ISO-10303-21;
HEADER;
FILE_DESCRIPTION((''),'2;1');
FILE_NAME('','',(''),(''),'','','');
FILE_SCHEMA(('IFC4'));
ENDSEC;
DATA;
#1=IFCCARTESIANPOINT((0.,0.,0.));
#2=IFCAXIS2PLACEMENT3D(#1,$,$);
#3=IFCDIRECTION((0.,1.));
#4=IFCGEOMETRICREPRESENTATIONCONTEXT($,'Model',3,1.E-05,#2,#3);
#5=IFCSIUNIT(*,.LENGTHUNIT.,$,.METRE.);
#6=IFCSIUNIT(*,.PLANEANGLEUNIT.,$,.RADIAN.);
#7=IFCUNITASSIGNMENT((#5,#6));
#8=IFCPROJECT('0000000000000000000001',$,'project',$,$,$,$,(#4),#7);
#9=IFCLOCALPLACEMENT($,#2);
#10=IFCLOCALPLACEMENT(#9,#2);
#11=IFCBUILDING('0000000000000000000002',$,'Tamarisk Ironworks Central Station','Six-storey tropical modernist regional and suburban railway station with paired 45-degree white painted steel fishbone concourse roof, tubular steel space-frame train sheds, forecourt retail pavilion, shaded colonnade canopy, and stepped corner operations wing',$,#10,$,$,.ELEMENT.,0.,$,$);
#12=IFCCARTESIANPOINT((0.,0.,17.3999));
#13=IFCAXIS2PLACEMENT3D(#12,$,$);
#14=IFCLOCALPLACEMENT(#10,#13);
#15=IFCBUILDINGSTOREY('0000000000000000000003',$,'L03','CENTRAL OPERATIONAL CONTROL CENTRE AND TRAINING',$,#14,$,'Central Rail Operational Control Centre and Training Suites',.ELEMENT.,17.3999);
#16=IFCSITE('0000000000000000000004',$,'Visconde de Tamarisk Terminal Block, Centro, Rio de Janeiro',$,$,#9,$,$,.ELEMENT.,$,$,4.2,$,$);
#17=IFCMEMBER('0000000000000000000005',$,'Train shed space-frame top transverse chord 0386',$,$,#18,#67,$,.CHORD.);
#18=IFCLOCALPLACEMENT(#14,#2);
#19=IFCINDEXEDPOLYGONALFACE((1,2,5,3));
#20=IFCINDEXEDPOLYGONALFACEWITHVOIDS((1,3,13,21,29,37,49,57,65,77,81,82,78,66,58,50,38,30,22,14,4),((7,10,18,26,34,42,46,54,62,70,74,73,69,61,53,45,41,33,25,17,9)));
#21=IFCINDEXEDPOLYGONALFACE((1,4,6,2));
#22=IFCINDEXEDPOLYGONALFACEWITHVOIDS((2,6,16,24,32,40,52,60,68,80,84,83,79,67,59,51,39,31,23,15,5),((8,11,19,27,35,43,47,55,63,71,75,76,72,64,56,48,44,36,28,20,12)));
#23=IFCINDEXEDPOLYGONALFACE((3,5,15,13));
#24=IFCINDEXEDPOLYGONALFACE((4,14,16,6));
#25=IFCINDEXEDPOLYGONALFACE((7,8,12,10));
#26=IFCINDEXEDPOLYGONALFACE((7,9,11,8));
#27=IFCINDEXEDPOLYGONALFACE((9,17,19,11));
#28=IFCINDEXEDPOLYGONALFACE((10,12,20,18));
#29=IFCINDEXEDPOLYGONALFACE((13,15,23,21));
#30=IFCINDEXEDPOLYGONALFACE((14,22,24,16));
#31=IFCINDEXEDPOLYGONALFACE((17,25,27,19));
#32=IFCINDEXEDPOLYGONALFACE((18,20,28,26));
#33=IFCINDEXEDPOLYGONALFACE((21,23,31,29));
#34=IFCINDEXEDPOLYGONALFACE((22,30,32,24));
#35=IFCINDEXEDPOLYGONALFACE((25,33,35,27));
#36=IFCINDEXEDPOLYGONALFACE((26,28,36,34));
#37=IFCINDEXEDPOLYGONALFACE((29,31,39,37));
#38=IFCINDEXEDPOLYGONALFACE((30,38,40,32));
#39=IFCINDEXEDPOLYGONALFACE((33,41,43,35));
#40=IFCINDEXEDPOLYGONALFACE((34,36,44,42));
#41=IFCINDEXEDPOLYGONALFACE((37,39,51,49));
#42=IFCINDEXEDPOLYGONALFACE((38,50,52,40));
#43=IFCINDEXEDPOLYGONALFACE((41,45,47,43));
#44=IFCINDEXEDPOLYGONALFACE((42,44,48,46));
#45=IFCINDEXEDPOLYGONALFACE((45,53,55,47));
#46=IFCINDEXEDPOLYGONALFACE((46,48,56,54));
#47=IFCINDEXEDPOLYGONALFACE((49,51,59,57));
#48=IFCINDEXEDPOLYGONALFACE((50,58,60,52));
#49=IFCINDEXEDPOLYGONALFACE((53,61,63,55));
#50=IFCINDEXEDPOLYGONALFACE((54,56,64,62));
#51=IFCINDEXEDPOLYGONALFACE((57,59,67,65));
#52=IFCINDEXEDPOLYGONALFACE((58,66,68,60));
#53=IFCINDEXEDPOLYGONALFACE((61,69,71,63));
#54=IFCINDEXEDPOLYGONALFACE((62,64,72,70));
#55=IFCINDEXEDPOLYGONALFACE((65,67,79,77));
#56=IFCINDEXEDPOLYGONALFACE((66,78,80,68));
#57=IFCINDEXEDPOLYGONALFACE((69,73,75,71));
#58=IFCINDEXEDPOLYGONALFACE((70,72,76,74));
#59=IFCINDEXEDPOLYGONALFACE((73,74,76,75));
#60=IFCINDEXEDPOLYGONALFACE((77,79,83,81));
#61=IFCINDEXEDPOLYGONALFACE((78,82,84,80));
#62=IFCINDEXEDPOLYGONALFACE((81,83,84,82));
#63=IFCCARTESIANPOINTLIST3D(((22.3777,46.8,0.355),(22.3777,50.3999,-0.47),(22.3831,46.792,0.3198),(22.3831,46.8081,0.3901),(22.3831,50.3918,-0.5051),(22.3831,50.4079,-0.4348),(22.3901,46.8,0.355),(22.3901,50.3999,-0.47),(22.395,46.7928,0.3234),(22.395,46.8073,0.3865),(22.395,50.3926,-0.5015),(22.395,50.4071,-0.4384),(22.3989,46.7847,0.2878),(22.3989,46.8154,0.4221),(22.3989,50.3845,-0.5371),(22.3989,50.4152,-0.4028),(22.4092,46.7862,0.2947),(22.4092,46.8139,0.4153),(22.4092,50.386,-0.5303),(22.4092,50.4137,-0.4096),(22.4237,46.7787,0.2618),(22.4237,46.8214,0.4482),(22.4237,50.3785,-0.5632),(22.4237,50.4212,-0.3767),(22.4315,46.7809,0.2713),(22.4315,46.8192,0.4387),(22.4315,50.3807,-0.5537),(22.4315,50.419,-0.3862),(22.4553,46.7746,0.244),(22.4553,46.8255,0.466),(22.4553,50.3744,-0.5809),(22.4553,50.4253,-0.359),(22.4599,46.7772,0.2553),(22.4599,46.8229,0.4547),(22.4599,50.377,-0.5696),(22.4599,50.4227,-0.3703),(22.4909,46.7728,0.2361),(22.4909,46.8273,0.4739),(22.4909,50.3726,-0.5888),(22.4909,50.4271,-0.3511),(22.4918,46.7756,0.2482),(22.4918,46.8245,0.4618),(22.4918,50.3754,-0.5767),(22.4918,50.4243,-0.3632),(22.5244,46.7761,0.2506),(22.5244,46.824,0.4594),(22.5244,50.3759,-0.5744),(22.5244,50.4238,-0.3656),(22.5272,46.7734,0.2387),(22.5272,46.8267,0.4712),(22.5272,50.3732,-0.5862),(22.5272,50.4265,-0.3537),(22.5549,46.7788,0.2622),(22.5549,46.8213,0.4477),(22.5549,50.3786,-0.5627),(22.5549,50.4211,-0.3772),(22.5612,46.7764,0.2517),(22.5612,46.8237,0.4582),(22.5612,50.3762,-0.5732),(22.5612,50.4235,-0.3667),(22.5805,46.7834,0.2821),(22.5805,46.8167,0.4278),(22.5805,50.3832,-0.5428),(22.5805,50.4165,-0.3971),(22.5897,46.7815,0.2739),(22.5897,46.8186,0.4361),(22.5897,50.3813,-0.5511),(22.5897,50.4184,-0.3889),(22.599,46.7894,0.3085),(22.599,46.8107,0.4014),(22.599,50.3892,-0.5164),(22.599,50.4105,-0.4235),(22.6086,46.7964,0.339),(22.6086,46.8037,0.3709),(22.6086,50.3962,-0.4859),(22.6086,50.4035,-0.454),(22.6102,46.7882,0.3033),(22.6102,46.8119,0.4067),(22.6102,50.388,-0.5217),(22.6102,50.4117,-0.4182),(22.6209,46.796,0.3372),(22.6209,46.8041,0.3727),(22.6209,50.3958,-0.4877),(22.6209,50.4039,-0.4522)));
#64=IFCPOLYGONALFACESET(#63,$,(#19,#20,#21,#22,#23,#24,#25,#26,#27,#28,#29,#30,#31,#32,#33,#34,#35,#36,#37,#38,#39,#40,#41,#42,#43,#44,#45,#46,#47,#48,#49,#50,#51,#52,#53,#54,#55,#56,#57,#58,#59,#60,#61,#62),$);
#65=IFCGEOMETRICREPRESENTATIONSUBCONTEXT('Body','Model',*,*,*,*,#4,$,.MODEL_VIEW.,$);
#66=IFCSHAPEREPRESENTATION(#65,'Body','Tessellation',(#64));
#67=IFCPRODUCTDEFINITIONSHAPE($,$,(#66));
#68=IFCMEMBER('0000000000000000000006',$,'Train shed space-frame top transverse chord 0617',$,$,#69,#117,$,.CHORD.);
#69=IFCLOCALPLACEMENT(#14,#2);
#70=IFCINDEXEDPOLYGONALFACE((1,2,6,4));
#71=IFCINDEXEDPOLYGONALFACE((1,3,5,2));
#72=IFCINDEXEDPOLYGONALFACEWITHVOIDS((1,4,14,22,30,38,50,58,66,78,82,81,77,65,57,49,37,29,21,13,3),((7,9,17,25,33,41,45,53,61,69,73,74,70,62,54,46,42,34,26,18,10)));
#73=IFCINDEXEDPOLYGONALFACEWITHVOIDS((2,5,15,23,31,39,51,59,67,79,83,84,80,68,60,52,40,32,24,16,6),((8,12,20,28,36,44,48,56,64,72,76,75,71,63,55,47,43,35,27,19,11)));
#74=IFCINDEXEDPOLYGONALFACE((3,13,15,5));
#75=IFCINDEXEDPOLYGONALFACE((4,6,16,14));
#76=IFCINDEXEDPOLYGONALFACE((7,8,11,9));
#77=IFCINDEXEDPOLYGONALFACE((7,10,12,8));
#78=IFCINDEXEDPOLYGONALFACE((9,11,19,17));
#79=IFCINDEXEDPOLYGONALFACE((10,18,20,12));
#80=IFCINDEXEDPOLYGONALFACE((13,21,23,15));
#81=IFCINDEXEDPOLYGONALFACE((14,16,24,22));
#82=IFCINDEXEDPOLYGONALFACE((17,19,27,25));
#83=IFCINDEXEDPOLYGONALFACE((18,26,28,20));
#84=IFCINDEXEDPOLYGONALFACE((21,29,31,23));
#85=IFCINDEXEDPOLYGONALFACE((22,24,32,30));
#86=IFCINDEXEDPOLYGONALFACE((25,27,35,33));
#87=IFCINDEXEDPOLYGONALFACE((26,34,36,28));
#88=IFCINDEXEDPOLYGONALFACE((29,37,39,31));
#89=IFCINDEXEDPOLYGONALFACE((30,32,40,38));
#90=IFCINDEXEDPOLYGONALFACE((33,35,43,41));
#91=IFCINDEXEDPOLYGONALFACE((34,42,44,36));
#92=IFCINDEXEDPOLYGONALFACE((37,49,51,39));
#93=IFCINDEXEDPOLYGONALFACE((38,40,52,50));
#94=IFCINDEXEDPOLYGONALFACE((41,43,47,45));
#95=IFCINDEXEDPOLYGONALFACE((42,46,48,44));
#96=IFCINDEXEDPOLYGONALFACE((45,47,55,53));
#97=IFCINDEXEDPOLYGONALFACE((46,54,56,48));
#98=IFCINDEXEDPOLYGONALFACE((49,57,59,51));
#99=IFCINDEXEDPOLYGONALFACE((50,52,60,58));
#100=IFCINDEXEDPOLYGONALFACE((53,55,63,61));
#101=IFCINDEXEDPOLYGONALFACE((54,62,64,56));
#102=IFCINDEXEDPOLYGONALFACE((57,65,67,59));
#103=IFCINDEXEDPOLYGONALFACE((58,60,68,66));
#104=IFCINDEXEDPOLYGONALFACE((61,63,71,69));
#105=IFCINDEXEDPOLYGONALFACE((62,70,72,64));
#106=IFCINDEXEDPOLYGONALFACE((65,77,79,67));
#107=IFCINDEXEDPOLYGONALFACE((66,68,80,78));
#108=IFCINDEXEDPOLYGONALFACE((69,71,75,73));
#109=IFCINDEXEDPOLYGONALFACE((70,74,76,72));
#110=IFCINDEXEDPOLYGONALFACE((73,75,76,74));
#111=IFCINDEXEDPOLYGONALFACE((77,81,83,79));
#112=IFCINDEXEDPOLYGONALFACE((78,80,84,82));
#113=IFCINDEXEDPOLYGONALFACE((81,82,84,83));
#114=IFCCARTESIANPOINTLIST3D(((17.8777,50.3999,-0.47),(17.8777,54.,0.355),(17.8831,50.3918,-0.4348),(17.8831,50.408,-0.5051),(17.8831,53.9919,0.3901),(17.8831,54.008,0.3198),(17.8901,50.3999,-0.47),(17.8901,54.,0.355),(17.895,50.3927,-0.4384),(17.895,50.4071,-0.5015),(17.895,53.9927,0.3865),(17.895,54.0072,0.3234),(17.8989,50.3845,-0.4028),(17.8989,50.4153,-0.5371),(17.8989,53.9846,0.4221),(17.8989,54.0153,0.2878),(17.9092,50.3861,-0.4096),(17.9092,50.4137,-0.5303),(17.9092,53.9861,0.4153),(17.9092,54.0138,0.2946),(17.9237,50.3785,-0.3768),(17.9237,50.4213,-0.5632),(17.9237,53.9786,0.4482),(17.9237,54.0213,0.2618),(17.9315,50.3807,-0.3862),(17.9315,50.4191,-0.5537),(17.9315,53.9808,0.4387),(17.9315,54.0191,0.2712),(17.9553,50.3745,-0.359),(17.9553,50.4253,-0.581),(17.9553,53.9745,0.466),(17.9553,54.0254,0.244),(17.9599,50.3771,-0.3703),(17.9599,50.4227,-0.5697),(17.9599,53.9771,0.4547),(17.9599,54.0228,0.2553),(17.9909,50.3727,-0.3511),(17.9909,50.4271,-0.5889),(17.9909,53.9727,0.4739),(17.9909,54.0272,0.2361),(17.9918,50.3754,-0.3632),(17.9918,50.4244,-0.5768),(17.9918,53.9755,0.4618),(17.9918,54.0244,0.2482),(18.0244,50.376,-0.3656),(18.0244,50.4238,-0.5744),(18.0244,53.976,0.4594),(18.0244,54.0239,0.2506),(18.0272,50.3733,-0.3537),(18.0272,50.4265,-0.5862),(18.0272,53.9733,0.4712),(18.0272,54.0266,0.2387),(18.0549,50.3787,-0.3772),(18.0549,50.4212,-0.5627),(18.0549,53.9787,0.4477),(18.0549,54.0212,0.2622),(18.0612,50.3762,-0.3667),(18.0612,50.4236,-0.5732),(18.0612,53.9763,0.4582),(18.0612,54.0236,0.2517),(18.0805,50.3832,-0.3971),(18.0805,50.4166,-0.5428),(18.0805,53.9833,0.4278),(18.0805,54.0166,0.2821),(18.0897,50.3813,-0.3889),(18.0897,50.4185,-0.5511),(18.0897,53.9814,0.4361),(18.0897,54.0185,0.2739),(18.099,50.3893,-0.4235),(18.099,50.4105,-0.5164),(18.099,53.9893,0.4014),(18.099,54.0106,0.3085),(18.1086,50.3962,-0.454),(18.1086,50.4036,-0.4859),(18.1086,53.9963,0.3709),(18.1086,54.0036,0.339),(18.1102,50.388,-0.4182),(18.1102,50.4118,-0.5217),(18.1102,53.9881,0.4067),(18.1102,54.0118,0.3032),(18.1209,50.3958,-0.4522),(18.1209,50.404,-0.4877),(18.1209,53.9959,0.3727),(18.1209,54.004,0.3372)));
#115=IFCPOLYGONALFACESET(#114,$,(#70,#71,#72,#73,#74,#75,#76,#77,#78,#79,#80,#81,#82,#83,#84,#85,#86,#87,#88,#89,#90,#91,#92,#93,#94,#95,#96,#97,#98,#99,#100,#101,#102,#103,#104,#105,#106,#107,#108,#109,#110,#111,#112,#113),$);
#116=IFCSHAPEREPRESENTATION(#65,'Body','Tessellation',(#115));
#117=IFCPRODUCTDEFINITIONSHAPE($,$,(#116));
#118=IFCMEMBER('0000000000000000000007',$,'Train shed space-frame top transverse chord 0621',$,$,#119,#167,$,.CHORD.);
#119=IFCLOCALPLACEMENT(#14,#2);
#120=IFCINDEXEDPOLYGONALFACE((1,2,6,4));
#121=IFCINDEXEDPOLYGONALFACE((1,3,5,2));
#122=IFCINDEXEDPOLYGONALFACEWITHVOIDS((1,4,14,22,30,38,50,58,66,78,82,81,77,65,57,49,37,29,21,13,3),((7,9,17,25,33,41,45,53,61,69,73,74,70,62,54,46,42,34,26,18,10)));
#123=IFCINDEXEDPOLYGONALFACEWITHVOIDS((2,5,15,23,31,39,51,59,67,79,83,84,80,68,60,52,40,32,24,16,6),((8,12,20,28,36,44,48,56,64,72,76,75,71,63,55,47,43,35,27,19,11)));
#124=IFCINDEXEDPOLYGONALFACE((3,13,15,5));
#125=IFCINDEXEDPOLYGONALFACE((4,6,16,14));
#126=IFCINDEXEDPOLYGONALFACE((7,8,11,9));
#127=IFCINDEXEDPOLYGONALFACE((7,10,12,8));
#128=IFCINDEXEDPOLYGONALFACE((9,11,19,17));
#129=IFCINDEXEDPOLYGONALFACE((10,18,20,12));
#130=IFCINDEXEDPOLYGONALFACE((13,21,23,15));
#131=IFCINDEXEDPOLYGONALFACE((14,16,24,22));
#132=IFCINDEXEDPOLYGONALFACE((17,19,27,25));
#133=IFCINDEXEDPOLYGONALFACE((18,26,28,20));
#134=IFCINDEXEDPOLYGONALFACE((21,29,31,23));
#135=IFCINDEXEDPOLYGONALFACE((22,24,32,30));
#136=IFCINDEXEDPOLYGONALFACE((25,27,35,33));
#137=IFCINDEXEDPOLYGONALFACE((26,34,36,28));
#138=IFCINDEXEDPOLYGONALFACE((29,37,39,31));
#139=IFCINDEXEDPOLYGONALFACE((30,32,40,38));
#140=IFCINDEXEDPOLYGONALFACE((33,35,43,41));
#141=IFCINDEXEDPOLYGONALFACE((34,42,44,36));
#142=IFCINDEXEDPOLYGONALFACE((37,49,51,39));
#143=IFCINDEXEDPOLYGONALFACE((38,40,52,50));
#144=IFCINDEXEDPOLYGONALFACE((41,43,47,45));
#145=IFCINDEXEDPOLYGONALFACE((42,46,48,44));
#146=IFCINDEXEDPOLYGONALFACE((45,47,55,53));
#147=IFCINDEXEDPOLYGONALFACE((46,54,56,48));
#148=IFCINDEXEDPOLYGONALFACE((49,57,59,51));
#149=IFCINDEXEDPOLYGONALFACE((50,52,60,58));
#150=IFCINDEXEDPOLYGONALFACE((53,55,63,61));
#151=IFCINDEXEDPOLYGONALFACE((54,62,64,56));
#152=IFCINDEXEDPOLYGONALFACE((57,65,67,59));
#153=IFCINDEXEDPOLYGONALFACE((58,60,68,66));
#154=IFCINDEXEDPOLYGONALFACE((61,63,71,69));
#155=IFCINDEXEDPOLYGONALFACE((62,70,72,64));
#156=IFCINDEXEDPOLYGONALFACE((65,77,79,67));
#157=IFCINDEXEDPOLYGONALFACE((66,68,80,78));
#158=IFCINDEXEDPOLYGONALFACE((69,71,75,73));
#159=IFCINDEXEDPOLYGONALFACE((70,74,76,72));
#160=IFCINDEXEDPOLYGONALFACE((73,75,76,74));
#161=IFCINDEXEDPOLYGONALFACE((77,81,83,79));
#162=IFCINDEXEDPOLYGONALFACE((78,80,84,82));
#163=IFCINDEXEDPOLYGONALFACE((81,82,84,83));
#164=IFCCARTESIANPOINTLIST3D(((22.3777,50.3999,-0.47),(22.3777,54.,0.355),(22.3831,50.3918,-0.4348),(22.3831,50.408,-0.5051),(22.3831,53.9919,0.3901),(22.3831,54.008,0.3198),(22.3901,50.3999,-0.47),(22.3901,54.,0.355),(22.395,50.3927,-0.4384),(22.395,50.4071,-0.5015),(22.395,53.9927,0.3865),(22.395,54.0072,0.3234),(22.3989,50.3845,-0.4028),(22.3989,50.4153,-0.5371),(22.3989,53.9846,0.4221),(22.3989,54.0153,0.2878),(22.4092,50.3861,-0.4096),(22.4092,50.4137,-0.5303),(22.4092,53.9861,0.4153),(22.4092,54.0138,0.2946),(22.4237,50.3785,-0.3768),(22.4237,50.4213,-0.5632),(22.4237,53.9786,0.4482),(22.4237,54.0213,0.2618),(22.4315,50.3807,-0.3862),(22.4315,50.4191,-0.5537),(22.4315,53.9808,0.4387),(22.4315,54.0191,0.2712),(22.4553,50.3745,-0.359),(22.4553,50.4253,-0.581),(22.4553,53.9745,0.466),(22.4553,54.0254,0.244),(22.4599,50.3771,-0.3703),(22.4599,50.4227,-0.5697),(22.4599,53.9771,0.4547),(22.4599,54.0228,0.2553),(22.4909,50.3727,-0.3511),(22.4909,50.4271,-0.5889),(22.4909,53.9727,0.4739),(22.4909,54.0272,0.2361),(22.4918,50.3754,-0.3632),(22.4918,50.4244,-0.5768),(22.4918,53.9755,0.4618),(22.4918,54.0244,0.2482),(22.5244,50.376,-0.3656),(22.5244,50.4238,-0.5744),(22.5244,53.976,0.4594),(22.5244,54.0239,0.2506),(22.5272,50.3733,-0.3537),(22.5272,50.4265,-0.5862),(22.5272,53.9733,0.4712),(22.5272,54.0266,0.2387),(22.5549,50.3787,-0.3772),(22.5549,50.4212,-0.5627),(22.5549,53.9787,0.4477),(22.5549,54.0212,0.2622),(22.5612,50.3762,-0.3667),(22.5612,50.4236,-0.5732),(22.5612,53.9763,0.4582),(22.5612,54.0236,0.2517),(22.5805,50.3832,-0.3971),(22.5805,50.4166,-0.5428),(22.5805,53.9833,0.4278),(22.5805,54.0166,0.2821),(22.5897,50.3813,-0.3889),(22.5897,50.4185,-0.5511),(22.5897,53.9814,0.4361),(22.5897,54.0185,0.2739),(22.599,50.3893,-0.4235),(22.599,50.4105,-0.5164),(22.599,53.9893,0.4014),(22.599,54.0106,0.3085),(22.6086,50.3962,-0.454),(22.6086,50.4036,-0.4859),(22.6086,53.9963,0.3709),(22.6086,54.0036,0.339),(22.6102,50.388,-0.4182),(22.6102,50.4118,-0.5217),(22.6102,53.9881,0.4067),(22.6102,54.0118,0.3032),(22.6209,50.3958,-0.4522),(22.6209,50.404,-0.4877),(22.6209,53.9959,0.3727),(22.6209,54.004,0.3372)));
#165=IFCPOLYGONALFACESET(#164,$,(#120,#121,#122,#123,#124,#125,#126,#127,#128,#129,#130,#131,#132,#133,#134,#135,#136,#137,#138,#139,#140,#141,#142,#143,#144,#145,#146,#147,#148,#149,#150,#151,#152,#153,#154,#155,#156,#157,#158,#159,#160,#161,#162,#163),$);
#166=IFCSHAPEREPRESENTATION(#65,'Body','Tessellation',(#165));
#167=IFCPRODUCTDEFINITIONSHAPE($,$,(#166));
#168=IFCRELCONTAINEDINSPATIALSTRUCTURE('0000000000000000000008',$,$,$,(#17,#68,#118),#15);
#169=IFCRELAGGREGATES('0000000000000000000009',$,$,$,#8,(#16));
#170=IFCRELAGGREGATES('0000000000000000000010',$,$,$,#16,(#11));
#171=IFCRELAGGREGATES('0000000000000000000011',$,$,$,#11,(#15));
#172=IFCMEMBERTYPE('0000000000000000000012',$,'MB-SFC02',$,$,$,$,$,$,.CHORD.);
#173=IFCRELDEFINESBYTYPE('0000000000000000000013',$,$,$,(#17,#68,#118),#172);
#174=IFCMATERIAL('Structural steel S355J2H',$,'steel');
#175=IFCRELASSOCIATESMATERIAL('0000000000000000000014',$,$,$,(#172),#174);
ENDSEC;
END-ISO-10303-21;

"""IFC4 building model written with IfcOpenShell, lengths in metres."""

from ifc_helpers import new_model, si_unit, direction, frame, origin, origin_2d, place, context, subcontext, project, spatial, hollow_circle, extrude, material, material_profile, profile_set, type_object, element, save


model = new_model("IFC4")

# Units and contexts
model_context = context("Model", 3, precision=1e-05, world=origin(), true_north=direction((0.0, 1.0)))
body_context = subcontext(model_context, "Body", "Model", "MODEL_VIEW")
ifc_project = project(units=[si_unit("LENGTHUNIT", "METRE"), si_unit("PLANEANGLEUNIT", "RADIAN")], contexts=[model_context])

# Site, building, storey
site_placement = place(None, origin())
site = spatial("IfcSite", under=ifc_project, at=site_placement, Name="Visconde de Tamarisk Terminal Block, Centro, Rio de Janeiro", CompositionType="ELEMENT", RefElevation=4.2)
building_placement = place(site_placement, origin())
building = spatial("IfcBuilding", under=site, at=building_placement, Name="Tamarisk Ironworks Central Station", Description="Six-storey tropical modernist regional and suburban railway station with paired 45-degree white painted steel fishbone concourse roof, tubular steel space-frame train sheds, forecourt retail pavilion, shaded colonnade canopy, and stepped corner operations wing", CompositionType="ELEMENT", ElevationOfRefHeight=0.0)
storey_placement = place(building_placement, frame((0.0, 0.0, 17.3999)))
storey = spatial("IfcBuildingStorey", under=building, at=storey_placement, Name="L03", Description="CENTRAL OPERATIONAL CONTROL CENTRE AND TRAINING", LongName="Central Rail Operational Control Centre and Training Suites", CompositionType="ELEMENT", Elevation=17.3999)

# Members
ifc_material_1 = material(Name="Structural steel S355J2H", Category="steel")
ifc_material_profile_1 = material_profile(ifc_material_1, hollow_circle(Radius=0.1223, WallThickness=0.0125, at=origin_2d()), Name="CHS 244.5x12.5")
ifc_profile_set_1 = profile_set([ifc_material_profile_1], Name="Structural steel S355J2H")
member_type_1 = type_object("IfcMemberType", Name="MB-SFC02", PredefinedType="CHORD", material=ifc_profile_set_1)
member_1_placement = place(storey_placement, frame((22.5, 46.8, 0.355), z_axis=(0.0, 0.974733, -0.223372), x_axis=(-1.0, 0.0, 0.0)))
element("IfcMember", 1, at=member_1_placement, inside=storey, type_object=member_type_1, Name="Train shed space-frame top transverse chord 0386", PredefinedType="CHORD", context=body_context, shape_type="SweptSolid", body=[
    extrude(hollow_circle(Radius=0.1223, WallThickness=0.0125, at=origin_2d()), origin(), (0.0, 0.0, 1.0), 3.6931),
])
for number, where, z_axis, x_axis, name in (
    (2, (18.0, 50.3999, -0.47), (0.0, 0.974737, 0.223358), (-1.0, 0.0, 0.0), "Train shed space-frame top transverse chord 0617"),
    (3, (22.5, 50.3999, -0.47), (0.0, 0.974737, 0.223358), (-1.0, 0.0, 0.0), "Train shed space-frame top transverse chord 0621"),
):
    element("IfcMember", number, at=place(storey_placement, frame(where, z_axis=z_axis, x_axis=x_axis)), inside=storey, type_object=member_type_1, Name=name, PredefinedType="CHORD", context=body_context, shape_type="SweptSolid", body=[
        extrude(hollow_circle(Radius=0.1223, WallThickness=0.0125, at=origin_2d()), origin(), (0.0, 0.0, 1.0), 3.6934),
    ])

save(model, "model.ifc")
